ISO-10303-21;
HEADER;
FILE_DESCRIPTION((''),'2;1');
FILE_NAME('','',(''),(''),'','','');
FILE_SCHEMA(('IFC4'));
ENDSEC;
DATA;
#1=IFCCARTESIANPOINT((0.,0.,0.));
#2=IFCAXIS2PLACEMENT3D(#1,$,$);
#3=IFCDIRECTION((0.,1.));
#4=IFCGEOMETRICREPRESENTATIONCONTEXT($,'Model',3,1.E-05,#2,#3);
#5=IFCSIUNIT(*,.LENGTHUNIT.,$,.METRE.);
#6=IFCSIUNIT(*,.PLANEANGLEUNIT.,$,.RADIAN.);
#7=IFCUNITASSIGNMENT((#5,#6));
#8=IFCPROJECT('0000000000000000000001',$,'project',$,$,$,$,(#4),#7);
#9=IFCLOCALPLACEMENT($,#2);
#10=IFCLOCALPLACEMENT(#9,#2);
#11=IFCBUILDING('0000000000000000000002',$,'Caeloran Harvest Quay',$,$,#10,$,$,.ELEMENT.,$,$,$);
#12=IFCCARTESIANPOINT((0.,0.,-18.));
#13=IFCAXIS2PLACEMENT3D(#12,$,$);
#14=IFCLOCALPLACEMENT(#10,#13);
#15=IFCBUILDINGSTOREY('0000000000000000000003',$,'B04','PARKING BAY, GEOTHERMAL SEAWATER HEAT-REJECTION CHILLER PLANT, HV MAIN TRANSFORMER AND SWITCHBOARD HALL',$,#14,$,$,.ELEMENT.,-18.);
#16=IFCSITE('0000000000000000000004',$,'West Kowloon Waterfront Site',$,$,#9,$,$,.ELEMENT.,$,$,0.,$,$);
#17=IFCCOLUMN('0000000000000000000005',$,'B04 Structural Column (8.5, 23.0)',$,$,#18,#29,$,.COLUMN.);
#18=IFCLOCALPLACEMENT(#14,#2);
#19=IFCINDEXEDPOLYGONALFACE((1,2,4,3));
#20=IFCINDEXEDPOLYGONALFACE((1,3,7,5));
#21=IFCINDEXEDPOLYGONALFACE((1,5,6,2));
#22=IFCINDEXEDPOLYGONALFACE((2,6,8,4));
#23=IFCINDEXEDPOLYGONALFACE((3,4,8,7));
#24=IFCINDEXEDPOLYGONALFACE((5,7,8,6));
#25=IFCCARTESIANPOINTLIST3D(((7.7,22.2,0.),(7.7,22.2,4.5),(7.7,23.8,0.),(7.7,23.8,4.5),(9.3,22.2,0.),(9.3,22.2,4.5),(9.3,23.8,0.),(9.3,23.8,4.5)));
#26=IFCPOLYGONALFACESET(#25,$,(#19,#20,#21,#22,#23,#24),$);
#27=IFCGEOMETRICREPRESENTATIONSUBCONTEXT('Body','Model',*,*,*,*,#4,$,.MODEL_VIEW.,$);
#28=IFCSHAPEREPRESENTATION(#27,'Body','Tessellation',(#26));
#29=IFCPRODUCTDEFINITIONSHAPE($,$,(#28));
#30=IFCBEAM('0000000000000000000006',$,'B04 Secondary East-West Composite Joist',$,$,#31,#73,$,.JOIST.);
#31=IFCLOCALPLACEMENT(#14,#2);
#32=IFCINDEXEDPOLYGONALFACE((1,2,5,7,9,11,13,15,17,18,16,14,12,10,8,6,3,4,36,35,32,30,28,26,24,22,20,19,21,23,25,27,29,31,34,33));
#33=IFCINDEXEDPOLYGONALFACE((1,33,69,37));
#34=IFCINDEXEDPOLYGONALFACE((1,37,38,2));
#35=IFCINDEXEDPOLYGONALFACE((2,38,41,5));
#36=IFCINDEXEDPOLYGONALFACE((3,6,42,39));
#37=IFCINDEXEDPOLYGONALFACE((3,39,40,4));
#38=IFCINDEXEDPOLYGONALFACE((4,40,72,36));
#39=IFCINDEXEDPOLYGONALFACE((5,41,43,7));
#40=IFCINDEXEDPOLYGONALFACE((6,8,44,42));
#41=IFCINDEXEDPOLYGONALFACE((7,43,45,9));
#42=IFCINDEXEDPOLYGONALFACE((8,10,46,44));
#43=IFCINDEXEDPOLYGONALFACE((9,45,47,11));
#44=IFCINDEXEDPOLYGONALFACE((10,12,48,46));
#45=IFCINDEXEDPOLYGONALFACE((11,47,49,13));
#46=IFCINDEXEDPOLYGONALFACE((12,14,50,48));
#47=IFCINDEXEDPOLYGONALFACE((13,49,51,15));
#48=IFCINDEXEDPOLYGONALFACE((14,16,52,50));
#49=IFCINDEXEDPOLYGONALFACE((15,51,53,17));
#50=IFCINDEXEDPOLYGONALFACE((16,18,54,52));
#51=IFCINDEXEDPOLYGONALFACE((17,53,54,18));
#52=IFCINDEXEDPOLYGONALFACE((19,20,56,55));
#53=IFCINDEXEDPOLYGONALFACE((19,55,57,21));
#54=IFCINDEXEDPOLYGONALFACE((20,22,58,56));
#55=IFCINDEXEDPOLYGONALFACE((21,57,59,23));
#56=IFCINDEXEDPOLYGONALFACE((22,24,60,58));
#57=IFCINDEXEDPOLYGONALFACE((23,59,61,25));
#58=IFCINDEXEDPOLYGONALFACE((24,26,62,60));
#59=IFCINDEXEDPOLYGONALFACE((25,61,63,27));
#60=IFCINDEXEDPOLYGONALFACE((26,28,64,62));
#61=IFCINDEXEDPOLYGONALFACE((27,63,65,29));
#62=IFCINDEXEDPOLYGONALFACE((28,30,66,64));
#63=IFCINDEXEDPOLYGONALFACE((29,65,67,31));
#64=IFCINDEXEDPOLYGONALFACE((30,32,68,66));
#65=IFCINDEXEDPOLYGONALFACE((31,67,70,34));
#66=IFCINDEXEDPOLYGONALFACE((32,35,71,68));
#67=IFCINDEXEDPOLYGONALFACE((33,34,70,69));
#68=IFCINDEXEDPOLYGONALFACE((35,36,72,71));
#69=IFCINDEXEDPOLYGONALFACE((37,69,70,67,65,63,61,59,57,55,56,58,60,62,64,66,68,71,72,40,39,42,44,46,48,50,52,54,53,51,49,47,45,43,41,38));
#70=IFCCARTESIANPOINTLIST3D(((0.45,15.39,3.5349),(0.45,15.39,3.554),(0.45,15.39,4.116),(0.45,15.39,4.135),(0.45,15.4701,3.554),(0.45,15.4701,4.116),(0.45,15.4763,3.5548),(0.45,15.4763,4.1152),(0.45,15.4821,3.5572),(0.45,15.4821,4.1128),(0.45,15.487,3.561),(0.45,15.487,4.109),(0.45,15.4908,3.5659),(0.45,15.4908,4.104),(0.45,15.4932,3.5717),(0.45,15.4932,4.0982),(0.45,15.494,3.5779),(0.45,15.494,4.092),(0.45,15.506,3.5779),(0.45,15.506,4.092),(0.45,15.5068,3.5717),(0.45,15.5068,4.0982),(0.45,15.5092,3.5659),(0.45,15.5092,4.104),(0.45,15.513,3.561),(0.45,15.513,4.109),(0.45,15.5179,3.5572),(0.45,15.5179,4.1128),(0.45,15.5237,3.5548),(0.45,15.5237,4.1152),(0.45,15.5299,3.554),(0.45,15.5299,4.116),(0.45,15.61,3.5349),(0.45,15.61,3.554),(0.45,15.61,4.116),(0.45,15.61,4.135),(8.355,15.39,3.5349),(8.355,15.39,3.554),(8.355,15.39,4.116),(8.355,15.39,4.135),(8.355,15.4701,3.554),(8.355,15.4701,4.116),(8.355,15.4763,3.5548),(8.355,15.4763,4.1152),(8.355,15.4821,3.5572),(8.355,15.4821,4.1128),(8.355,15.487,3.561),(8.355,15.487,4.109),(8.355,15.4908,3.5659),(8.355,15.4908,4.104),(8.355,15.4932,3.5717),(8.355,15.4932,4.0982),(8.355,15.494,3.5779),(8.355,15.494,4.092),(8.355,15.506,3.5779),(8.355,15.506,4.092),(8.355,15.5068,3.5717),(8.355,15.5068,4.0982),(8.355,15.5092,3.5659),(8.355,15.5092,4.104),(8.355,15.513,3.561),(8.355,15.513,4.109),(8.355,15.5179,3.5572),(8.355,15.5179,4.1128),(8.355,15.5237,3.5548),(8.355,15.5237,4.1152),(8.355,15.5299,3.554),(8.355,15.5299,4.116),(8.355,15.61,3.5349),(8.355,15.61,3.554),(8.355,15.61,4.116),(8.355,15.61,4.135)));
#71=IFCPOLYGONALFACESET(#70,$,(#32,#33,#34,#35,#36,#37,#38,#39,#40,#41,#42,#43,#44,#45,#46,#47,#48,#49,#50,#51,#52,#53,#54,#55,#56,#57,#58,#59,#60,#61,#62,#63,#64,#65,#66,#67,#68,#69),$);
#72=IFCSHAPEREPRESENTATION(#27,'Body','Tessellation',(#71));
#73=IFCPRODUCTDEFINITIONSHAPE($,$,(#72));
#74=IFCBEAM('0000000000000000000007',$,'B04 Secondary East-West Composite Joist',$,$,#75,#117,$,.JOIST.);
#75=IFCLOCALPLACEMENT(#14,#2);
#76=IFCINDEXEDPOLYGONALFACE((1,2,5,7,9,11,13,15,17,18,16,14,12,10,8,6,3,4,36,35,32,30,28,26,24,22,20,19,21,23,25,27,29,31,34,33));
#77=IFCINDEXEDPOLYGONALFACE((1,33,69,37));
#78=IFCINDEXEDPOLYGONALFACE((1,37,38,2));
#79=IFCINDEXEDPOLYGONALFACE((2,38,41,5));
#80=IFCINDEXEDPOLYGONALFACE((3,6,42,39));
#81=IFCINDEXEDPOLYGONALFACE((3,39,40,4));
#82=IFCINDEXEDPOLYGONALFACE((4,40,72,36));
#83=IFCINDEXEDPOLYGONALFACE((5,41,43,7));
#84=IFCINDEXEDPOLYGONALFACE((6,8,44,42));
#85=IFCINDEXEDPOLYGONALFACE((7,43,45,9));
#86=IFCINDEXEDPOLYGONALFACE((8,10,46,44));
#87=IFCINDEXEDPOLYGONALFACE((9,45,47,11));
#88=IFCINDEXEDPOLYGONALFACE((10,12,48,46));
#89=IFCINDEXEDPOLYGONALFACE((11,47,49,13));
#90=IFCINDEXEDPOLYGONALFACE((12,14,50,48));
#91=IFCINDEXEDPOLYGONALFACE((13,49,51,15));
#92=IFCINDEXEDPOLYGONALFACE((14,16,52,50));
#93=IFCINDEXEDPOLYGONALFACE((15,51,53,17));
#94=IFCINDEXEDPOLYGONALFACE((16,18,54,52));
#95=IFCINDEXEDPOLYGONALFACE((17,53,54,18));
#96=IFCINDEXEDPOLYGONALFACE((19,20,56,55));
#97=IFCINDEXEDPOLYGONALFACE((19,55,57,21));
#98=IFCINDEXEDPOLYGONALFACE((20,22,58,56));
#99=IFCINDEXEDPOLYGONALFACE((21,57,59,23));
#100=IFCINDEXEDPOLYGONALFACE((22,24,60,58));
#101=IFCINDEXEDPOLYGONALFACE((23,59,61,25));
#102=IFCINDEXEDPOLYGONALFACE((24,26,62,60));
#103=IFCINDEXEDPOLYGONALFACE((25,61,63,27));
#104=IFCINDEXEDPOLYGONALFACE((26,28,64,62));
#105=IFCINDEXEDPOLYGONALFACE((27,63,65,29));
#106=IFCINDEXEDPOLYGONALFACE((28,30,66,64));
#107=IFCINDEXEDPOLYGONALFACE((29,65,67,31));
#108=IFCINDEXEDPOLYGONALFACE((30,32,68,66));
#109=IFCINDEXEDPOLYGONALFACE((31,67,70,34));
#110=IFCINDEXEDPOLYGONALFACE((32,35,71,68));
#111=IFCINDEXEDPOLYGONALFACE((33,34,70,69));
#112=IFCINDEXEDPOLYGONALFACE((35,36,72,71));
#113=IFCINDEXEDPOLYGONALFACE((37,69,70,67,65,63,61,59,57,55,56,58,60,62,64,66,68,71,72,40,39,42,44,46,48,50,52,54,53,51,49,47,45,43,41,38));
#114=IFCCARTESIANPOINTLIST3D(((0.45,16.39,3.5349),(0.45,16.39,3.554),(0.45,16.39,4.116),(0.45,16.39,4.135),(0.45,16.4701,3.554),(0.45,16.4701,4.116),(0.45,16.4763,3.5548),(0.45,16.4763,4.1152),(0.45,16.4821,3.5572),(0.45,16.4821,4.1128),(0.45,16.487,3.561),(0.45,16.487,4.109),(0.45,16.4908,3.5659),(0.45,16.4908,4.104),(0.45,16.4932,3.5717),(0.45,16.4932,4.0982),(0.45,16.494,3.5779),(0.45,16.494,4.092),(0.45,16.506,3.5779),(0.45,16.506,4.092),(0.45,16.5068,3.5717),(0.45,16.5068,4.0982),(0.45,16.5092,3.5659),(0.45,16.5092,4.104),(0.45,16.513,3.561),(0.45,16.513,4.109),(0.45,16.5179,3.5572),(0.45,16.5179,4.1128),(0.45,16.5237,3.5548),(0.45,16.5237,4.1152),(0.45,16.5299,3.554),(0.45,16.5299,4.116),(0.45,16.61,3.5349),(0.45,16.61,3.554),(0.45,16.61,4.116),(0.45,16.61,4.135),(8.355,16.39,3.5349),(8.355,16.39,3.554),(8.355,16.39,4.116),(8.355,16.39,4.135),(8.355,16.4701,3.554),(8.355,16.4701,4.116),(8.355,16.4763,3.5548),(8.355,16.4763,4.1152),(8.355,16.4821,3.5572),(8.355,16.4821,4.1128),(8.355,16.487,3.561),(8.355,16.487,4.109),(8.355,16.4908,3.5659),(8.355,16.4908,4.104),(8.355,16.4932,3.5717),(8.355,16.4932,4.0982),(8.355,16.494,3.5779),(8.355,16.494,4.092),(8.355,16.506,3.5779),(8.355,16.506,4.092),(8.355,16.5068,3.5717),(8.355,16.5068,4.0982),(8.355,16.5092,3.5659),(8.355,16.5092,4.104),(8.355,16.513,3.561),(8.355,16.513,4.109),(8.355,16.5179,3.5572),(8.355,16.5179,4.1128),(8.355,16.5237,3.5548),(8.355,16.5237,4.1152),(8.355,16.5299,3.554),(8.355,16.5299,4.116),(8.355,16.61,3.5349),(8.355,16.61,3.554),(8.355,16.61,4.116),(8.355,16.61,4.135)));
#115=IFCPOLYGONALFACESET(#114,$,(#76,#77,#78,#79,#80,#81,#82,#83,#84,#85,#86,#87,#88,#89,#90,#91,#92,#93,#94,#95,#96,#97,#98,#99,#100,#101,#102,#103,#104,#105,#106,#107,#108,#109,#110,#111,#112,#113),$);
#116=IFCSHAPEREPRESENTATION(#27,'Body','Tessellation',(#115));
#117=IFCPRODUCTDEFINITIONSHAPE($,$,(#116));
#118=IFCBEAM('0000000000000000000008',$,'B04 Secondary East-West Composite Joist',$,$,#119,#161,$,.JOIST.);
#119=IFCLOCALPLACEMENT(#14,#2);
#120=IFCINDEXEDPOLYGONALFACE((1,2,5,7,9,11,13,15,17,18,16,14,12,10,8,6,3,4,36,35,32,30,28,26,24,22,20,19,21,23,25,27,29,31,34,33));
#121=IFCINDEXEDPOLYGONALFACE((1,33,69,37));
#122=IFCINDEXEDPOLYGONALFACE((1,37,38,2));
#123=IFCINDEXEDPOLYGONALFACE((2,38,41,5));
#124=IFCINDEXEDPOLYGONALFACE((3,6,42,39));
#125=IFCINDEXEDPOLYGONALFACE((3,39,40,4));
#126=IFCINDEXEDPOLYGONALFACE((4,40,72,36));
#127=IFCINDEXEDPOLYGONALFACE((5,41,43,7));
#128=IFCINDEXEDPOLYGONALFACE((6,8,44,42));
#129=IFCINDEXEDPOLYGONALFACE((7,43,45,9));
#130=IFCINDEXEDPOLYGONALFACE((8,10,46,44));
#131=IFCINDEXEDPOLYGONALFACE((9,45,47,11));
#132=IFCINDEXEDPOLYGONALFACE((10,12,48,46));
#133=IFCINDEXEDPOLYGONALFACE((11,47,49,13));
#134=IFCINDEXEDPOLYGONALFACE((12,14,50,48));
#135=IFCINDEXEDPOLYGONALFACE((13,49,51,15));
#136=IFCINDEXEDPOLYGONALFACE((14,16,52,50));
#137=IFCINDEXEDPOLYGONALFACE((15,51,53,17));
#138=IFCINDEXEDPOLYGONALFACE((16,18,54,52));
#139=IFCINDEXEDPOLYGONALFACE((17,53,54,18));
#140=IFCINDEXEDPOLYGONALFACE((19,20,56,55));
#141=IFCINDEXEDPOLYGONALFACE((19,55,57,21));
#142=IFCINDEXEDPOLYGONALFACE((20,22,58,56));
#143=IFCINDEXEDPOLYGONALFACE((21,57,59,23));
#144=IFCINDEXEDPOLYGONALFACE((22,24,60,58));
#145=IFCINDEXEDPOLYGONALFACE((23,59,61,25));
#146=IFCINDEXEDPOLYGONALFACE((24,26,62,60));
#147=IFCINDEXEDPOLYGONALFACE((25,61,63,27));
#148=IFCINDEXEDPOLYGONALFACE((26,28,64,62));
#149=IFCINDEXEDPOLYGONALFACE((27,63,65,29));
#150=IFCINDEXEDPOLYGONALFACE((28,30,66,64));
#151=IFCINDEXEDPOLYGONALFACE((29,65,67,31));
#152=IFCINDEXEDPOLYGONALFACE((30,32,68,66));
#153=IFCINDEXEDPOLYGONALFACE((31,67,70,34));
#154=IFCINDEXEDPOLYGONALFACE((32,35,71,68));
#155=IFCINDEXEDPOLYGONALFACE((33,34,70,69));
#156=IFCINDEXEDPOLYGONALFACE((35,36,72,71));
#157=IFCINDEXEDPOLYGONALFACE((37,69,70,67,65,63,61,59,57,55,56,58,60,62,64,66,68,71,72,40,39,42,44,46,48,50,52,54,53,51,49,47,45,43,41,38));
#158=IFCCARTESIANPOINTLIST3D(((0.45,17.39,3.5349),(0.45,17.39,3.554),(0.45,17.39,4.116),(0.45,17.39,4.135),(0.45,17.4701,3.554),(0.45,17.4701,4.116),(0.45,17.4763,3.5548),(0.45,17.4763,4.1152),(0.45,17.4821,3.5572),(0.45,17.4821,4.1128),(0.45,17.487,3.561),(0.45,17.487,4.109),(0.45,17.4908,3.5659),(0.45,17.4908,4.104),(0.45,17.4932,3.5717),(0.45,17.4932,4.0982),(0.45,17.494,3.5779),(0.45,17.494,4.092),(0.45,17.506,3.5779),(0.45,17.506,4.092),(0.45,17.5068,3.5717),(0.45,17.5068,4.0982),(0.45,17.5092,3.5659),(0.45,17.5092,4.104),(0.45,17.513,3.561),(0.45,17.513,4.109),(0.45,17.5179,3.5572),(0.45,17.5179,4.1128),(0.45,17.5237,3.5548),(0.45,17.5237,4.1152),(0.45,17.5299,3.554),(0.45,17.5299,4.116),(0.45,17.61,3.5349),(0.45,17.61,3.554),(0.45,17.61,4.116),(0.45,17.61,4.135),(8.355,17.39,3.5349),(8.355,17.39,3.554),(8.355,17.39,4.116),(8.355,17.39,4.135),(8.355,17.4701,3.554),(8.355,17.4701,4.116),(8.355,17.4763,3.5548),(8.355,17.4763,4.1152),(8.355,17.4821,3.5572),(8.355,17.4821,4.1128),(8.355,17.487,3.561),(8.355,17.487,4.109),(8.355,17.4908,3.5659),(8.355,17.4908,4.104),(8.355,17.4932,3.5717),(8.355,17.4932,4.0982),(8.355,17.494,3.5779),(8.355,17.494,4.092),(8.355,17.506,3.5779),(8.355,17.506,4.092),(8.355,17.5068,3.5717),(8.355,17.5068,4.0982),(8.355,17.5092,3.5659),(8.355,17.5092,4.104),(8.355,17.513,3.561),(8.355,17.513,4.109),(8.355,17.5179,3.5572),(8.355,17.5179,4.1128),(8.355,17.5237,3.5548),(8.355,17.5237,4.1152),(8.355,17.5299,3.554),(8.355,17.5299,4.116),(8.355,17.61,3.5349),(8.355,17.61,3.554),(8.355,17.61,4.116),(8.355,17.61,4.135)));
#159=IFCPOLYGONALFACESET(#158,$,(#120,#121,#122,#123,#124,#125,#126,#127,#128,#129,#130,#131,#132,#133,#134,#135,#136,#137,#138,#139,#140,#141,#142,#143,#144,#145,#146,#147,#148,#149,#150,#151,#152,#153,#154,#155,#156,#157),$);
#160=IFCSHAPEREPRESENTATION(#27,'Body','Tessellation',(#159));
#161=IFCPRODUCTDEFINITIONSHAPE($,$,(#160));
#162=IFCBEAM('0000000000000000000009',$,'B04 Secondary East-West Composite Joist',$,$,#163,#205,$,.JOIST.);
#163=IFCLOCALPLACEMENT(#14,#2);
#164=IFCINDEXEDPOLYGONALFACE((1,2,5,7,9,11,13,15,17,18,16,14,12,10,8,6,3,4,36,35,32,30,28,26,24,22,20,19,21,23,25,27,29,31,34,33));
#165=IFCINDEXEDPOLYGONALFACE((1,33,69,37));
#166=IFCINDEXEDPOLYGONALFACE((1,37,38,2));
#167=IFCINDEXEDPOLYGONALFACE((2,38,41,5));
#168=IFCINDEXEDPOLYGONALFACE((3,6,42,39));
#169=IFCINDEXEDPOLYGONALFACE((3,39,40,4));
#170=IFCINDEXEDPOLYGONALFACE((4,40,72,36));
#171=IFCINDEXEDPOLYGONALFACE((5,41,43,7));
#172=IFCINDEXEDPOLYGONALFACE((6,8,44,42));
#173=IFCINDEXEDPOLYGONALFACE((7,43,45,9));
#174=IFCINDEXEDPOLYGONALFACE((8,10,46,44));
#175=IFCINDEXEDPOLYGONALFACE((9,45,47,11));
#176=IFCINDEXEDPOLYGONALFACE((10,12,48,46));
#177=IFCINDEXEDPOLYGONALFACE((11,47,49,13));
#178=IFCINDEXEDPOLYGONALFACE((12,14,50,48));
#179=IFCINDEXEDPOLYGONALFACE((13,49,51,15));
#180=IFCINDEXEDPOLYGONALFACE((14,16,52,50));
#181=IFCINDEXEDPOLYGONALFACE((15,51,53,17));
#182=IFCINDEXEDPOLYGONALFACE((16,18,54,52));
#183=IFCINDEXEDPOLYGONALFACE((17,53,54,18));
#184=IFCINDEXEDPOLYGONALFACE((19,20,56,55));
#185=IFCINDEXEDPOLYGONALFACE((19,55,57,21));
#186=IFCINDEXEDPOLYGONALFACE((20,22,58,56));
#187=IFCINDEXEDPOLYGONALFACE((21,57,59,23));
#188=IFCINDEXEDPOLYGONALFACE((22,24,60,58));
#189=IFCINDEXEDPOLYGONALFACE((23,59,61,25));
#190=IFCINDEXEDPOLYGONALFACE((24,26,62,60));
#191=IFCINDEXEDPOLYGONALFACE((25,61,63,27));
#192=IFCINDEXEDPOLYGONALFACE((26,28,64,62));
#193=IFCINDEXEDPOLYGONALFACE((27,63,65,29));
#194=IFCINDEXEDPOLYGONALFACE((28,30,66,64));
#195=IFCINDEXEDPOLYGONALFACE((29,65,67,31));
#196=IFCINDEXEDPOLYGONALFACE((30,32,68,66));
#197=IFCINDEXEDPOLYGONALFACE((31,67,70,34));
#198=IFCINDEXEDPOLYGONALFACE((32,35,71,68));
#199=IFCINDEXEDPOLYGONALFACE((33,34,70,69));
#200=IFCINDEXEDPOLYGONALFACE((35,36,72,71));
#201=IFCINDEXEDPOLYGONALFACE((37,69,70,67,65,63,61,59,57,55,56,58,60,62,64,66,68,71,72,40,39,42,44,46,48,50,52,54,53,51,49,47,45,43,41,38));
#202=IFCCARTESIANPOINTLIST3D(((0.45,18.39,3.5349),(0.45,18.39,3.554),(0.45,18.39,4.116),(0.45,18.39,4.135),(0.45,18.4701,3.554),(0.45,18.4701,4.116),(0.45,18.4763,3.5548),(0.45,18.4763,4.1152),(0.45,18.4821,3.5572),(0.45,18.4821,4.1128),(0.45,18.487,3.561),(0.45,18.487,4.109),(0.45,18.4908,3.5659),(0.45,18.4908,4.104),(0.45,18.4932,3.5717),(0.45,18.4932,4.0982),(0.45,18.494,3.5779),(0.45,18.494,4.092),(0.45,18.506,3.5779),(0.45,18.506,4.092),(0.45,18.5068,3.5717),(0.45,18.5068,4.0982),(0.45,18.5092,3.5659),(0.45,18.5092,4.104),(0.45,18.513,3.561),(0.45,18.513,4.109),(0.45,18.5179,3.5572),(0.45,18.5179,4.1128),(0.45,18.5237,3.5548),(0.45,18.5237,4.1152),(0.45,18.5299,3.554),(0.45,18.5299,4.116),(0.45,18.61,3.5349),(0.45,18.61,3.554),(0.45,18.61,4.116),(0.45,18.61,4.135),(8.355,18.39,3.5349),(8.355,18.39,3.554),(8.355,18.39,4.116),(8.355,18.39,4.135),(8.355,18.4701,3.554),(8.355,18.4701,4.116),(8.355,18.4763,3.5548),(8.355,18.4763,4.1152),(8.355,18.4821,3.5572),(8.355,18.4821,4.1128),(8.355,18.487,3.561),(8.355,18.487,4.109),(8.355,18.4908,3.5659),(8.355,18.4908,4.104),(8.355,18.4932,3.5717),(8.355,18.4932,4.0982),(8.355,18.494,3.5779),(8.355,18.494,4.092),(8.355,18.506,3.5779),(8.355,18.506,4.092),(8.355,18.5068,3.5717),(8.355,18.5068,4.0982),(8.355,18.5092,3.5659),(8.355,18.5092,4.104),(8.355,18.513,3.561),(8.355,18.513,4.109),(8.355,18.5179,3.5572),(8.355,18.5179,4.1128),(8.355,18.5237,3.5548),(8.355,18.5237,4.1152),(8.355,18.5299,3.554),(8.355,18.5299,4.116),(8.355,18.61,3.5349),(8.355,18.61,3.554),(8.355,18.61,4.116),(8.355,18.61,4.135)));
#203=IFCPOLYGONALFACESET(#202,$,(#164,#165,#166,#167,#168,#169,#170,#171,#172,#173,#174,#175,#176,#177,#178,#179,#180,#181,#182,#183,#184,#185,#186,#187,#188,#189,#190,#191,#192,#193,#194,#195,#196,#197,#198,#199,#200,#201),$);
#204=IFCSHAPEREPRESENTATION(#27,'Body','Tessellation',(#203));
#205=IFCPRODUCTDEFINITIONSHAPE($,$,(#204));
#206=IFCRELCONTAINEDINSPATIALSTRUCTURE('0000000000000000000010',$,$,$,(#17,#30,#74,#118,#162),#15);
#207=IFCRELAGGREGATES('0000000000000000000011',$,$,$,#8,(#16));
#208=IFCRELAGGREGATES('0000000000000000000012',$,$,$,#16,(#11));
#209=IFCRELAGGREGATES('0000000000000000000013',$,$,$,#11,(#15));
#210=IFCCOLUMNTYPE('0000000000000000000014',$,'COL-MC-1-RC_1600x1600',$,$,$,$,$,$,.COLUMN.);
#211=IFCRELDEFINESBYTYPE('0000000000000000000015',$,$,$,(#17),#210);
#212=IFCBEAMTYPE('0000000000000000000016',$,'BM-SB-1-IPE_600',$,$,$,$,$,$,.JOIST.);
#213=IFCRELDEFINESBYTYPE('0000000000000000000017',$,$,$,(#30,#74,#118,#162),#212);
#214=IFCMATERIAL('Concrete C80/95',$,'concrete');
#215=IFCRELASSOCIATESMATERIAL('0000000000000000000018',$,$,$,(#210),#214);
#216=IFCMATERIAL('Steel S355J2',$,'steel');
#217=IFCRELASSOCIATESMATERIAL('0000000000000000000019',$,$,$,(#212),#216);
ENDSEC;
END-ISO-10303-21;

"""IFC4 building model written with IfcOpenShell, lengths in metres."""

from ifc_helpers import new_model, si_unit, direction, frame, origin, origin_2d, place, context, subcontext, project, spatial, rectangle, i_section, extrude, material, material_profile, profile_set, type_object, element, save


model = new_model("IFC4")

# Units and contexts
model_context = context("Model", 3, precision=1e-05, world=origin(), true_north=direction((0.0, 1.0)))
body_context = subcontext(model_context, "Body", "Model", "MODEL_VIEW")
ifc_project = project(units=[si_unit("LENGTHUNIT", "METRE"), si_unit("PLANEANGLEUNIT", "RADIAN")], contexts=[model_context])

# Site, building, storey
site_placement = place(None, origin())
site = spatial("IfcSite", under=ifc_project, at=site_placement, Name="West Kowloon Waterfront Site", CompositionType="ELEMENT", RefElevation=0.0)
building_placement = place(site_placement, origin())
building = spatial("IfcBuilding", under=site, at=building_placement, Name="Caeloran Harvest Quay", CompositionType="ELEMENT")
storey_placement = place(building_placement, frame((0.0, 0.0, -18.0)))
storey = spatial("IfcBuildingStorey", under=building, at=storey_placement, Name="B04", Description="PARKING BAY, GEOTHERMAL SEAWATER HEAT-REJECTION CHILLER PLANT, HV MAIN TRANSFORMER AND SWITCHBOARD HALL", CompositionType="ELEMENT", Elevation=-18.0)

# Column
ifc_material_1 = material(Name="Concrete C80/95", Category="concrete")
ifc_material_profile_1 = material_profile(ifc_material_1, rectangle(XDim=1.6001, YDim=1.6001, at=origin_2d()), Name="RC 1600x1600")
ifc_profile_set_1 = profile_set([ifc_material_profile_1], Name="Concrete C80/95")
column_type = type_object("IfcColumnType", Name="COL-MC-1-RC_1600x1600", PredefinedType="COLUMN", material=ifc_profile_set_1)
column_placement = place(storey_placement, frame((8.5, 23.0, 0.0), z_axis=(0.0, 0.0, 1.0), x_axis=(1.0, 0.0, 0.0)))
element("IfcColumn", 1, at=column_placement, inside=storey, type_object=column_type, Name="B04 Structural Column (8.5, 23.0)", PredefinedType="COLUMN", context=body_context, shape_type="SweptSolid", body=[
    extrude(rectangle(XDim=1.6001, YDim=1.6001, at=origin_2d()), origin(), (0.0, 0.0, 1.0), 4.5),
])

# Beams
ifc_material_2 = material(Name="Steel S355J2", Category="steel")
ifc_material_profile_2 = material_profile(ifc_material_2, i_section(OverallWidth=0.22, OverallDepth=0.6001, WebThickness=0.012, FlangeThickness=0.019, FilletRadius=0.0239, at=origin_2d()), Name="IPE 600")
ifc_profile_set_2 = profile_set([ifc_material_profile_2], Name="Steel S355J2")
beam_type_1 = type_object("IfcBeamType", Name="BM-SB-1-IPE_600", PredefinedType="JOIST", material=ifc_profile_set_2)
for number, where, z_axis, x_axis, name in (
    (2, (0.45, 15.5, 3.835), (1.0, 0.0, 0.0), (0.0, 1.0, 0.0), "B04 Secondary East-West Composite Joist"),
    (3, (0.45, 16.5, 3.835), (1.0, 0.0, 0.0), (0.0, 1.0, 0.0), "B04 Secondary East-West Composite Joist"),
    (4, (0.45, 17.5, 3.835), (1.0, 0.0, 0.0), (0.0, 1.0, 0.0), "B04 Secondary East-West Composite Joist"),
    (5, (0.45, 18.5, 3.835), (1.0, 0.0, 0.0), (0.0, 1.0, 0.0), "B04 Secondary East-West Composite Joist"),
):
    element("IfcBeam", number, at=place(storey_placement, frame(where, z_axis=z_axis, x_axis=x_axis)), inside=storey, type_object=beam_type_1, Name=name, PredefinedType="JOIST", context=body_context, shape_type="SweptSolid", body=[
        extrude(i_section(OverallWidth=0.22, OverallDepth=0.6001, WebThickness=0.012, FlangeThickness=0.019, FilletRadius=0.0239, at=origin_2d()), origin(), (0.0, 0.0, 1.0), 7.905),
    ])

save(model, "model.ifc")
